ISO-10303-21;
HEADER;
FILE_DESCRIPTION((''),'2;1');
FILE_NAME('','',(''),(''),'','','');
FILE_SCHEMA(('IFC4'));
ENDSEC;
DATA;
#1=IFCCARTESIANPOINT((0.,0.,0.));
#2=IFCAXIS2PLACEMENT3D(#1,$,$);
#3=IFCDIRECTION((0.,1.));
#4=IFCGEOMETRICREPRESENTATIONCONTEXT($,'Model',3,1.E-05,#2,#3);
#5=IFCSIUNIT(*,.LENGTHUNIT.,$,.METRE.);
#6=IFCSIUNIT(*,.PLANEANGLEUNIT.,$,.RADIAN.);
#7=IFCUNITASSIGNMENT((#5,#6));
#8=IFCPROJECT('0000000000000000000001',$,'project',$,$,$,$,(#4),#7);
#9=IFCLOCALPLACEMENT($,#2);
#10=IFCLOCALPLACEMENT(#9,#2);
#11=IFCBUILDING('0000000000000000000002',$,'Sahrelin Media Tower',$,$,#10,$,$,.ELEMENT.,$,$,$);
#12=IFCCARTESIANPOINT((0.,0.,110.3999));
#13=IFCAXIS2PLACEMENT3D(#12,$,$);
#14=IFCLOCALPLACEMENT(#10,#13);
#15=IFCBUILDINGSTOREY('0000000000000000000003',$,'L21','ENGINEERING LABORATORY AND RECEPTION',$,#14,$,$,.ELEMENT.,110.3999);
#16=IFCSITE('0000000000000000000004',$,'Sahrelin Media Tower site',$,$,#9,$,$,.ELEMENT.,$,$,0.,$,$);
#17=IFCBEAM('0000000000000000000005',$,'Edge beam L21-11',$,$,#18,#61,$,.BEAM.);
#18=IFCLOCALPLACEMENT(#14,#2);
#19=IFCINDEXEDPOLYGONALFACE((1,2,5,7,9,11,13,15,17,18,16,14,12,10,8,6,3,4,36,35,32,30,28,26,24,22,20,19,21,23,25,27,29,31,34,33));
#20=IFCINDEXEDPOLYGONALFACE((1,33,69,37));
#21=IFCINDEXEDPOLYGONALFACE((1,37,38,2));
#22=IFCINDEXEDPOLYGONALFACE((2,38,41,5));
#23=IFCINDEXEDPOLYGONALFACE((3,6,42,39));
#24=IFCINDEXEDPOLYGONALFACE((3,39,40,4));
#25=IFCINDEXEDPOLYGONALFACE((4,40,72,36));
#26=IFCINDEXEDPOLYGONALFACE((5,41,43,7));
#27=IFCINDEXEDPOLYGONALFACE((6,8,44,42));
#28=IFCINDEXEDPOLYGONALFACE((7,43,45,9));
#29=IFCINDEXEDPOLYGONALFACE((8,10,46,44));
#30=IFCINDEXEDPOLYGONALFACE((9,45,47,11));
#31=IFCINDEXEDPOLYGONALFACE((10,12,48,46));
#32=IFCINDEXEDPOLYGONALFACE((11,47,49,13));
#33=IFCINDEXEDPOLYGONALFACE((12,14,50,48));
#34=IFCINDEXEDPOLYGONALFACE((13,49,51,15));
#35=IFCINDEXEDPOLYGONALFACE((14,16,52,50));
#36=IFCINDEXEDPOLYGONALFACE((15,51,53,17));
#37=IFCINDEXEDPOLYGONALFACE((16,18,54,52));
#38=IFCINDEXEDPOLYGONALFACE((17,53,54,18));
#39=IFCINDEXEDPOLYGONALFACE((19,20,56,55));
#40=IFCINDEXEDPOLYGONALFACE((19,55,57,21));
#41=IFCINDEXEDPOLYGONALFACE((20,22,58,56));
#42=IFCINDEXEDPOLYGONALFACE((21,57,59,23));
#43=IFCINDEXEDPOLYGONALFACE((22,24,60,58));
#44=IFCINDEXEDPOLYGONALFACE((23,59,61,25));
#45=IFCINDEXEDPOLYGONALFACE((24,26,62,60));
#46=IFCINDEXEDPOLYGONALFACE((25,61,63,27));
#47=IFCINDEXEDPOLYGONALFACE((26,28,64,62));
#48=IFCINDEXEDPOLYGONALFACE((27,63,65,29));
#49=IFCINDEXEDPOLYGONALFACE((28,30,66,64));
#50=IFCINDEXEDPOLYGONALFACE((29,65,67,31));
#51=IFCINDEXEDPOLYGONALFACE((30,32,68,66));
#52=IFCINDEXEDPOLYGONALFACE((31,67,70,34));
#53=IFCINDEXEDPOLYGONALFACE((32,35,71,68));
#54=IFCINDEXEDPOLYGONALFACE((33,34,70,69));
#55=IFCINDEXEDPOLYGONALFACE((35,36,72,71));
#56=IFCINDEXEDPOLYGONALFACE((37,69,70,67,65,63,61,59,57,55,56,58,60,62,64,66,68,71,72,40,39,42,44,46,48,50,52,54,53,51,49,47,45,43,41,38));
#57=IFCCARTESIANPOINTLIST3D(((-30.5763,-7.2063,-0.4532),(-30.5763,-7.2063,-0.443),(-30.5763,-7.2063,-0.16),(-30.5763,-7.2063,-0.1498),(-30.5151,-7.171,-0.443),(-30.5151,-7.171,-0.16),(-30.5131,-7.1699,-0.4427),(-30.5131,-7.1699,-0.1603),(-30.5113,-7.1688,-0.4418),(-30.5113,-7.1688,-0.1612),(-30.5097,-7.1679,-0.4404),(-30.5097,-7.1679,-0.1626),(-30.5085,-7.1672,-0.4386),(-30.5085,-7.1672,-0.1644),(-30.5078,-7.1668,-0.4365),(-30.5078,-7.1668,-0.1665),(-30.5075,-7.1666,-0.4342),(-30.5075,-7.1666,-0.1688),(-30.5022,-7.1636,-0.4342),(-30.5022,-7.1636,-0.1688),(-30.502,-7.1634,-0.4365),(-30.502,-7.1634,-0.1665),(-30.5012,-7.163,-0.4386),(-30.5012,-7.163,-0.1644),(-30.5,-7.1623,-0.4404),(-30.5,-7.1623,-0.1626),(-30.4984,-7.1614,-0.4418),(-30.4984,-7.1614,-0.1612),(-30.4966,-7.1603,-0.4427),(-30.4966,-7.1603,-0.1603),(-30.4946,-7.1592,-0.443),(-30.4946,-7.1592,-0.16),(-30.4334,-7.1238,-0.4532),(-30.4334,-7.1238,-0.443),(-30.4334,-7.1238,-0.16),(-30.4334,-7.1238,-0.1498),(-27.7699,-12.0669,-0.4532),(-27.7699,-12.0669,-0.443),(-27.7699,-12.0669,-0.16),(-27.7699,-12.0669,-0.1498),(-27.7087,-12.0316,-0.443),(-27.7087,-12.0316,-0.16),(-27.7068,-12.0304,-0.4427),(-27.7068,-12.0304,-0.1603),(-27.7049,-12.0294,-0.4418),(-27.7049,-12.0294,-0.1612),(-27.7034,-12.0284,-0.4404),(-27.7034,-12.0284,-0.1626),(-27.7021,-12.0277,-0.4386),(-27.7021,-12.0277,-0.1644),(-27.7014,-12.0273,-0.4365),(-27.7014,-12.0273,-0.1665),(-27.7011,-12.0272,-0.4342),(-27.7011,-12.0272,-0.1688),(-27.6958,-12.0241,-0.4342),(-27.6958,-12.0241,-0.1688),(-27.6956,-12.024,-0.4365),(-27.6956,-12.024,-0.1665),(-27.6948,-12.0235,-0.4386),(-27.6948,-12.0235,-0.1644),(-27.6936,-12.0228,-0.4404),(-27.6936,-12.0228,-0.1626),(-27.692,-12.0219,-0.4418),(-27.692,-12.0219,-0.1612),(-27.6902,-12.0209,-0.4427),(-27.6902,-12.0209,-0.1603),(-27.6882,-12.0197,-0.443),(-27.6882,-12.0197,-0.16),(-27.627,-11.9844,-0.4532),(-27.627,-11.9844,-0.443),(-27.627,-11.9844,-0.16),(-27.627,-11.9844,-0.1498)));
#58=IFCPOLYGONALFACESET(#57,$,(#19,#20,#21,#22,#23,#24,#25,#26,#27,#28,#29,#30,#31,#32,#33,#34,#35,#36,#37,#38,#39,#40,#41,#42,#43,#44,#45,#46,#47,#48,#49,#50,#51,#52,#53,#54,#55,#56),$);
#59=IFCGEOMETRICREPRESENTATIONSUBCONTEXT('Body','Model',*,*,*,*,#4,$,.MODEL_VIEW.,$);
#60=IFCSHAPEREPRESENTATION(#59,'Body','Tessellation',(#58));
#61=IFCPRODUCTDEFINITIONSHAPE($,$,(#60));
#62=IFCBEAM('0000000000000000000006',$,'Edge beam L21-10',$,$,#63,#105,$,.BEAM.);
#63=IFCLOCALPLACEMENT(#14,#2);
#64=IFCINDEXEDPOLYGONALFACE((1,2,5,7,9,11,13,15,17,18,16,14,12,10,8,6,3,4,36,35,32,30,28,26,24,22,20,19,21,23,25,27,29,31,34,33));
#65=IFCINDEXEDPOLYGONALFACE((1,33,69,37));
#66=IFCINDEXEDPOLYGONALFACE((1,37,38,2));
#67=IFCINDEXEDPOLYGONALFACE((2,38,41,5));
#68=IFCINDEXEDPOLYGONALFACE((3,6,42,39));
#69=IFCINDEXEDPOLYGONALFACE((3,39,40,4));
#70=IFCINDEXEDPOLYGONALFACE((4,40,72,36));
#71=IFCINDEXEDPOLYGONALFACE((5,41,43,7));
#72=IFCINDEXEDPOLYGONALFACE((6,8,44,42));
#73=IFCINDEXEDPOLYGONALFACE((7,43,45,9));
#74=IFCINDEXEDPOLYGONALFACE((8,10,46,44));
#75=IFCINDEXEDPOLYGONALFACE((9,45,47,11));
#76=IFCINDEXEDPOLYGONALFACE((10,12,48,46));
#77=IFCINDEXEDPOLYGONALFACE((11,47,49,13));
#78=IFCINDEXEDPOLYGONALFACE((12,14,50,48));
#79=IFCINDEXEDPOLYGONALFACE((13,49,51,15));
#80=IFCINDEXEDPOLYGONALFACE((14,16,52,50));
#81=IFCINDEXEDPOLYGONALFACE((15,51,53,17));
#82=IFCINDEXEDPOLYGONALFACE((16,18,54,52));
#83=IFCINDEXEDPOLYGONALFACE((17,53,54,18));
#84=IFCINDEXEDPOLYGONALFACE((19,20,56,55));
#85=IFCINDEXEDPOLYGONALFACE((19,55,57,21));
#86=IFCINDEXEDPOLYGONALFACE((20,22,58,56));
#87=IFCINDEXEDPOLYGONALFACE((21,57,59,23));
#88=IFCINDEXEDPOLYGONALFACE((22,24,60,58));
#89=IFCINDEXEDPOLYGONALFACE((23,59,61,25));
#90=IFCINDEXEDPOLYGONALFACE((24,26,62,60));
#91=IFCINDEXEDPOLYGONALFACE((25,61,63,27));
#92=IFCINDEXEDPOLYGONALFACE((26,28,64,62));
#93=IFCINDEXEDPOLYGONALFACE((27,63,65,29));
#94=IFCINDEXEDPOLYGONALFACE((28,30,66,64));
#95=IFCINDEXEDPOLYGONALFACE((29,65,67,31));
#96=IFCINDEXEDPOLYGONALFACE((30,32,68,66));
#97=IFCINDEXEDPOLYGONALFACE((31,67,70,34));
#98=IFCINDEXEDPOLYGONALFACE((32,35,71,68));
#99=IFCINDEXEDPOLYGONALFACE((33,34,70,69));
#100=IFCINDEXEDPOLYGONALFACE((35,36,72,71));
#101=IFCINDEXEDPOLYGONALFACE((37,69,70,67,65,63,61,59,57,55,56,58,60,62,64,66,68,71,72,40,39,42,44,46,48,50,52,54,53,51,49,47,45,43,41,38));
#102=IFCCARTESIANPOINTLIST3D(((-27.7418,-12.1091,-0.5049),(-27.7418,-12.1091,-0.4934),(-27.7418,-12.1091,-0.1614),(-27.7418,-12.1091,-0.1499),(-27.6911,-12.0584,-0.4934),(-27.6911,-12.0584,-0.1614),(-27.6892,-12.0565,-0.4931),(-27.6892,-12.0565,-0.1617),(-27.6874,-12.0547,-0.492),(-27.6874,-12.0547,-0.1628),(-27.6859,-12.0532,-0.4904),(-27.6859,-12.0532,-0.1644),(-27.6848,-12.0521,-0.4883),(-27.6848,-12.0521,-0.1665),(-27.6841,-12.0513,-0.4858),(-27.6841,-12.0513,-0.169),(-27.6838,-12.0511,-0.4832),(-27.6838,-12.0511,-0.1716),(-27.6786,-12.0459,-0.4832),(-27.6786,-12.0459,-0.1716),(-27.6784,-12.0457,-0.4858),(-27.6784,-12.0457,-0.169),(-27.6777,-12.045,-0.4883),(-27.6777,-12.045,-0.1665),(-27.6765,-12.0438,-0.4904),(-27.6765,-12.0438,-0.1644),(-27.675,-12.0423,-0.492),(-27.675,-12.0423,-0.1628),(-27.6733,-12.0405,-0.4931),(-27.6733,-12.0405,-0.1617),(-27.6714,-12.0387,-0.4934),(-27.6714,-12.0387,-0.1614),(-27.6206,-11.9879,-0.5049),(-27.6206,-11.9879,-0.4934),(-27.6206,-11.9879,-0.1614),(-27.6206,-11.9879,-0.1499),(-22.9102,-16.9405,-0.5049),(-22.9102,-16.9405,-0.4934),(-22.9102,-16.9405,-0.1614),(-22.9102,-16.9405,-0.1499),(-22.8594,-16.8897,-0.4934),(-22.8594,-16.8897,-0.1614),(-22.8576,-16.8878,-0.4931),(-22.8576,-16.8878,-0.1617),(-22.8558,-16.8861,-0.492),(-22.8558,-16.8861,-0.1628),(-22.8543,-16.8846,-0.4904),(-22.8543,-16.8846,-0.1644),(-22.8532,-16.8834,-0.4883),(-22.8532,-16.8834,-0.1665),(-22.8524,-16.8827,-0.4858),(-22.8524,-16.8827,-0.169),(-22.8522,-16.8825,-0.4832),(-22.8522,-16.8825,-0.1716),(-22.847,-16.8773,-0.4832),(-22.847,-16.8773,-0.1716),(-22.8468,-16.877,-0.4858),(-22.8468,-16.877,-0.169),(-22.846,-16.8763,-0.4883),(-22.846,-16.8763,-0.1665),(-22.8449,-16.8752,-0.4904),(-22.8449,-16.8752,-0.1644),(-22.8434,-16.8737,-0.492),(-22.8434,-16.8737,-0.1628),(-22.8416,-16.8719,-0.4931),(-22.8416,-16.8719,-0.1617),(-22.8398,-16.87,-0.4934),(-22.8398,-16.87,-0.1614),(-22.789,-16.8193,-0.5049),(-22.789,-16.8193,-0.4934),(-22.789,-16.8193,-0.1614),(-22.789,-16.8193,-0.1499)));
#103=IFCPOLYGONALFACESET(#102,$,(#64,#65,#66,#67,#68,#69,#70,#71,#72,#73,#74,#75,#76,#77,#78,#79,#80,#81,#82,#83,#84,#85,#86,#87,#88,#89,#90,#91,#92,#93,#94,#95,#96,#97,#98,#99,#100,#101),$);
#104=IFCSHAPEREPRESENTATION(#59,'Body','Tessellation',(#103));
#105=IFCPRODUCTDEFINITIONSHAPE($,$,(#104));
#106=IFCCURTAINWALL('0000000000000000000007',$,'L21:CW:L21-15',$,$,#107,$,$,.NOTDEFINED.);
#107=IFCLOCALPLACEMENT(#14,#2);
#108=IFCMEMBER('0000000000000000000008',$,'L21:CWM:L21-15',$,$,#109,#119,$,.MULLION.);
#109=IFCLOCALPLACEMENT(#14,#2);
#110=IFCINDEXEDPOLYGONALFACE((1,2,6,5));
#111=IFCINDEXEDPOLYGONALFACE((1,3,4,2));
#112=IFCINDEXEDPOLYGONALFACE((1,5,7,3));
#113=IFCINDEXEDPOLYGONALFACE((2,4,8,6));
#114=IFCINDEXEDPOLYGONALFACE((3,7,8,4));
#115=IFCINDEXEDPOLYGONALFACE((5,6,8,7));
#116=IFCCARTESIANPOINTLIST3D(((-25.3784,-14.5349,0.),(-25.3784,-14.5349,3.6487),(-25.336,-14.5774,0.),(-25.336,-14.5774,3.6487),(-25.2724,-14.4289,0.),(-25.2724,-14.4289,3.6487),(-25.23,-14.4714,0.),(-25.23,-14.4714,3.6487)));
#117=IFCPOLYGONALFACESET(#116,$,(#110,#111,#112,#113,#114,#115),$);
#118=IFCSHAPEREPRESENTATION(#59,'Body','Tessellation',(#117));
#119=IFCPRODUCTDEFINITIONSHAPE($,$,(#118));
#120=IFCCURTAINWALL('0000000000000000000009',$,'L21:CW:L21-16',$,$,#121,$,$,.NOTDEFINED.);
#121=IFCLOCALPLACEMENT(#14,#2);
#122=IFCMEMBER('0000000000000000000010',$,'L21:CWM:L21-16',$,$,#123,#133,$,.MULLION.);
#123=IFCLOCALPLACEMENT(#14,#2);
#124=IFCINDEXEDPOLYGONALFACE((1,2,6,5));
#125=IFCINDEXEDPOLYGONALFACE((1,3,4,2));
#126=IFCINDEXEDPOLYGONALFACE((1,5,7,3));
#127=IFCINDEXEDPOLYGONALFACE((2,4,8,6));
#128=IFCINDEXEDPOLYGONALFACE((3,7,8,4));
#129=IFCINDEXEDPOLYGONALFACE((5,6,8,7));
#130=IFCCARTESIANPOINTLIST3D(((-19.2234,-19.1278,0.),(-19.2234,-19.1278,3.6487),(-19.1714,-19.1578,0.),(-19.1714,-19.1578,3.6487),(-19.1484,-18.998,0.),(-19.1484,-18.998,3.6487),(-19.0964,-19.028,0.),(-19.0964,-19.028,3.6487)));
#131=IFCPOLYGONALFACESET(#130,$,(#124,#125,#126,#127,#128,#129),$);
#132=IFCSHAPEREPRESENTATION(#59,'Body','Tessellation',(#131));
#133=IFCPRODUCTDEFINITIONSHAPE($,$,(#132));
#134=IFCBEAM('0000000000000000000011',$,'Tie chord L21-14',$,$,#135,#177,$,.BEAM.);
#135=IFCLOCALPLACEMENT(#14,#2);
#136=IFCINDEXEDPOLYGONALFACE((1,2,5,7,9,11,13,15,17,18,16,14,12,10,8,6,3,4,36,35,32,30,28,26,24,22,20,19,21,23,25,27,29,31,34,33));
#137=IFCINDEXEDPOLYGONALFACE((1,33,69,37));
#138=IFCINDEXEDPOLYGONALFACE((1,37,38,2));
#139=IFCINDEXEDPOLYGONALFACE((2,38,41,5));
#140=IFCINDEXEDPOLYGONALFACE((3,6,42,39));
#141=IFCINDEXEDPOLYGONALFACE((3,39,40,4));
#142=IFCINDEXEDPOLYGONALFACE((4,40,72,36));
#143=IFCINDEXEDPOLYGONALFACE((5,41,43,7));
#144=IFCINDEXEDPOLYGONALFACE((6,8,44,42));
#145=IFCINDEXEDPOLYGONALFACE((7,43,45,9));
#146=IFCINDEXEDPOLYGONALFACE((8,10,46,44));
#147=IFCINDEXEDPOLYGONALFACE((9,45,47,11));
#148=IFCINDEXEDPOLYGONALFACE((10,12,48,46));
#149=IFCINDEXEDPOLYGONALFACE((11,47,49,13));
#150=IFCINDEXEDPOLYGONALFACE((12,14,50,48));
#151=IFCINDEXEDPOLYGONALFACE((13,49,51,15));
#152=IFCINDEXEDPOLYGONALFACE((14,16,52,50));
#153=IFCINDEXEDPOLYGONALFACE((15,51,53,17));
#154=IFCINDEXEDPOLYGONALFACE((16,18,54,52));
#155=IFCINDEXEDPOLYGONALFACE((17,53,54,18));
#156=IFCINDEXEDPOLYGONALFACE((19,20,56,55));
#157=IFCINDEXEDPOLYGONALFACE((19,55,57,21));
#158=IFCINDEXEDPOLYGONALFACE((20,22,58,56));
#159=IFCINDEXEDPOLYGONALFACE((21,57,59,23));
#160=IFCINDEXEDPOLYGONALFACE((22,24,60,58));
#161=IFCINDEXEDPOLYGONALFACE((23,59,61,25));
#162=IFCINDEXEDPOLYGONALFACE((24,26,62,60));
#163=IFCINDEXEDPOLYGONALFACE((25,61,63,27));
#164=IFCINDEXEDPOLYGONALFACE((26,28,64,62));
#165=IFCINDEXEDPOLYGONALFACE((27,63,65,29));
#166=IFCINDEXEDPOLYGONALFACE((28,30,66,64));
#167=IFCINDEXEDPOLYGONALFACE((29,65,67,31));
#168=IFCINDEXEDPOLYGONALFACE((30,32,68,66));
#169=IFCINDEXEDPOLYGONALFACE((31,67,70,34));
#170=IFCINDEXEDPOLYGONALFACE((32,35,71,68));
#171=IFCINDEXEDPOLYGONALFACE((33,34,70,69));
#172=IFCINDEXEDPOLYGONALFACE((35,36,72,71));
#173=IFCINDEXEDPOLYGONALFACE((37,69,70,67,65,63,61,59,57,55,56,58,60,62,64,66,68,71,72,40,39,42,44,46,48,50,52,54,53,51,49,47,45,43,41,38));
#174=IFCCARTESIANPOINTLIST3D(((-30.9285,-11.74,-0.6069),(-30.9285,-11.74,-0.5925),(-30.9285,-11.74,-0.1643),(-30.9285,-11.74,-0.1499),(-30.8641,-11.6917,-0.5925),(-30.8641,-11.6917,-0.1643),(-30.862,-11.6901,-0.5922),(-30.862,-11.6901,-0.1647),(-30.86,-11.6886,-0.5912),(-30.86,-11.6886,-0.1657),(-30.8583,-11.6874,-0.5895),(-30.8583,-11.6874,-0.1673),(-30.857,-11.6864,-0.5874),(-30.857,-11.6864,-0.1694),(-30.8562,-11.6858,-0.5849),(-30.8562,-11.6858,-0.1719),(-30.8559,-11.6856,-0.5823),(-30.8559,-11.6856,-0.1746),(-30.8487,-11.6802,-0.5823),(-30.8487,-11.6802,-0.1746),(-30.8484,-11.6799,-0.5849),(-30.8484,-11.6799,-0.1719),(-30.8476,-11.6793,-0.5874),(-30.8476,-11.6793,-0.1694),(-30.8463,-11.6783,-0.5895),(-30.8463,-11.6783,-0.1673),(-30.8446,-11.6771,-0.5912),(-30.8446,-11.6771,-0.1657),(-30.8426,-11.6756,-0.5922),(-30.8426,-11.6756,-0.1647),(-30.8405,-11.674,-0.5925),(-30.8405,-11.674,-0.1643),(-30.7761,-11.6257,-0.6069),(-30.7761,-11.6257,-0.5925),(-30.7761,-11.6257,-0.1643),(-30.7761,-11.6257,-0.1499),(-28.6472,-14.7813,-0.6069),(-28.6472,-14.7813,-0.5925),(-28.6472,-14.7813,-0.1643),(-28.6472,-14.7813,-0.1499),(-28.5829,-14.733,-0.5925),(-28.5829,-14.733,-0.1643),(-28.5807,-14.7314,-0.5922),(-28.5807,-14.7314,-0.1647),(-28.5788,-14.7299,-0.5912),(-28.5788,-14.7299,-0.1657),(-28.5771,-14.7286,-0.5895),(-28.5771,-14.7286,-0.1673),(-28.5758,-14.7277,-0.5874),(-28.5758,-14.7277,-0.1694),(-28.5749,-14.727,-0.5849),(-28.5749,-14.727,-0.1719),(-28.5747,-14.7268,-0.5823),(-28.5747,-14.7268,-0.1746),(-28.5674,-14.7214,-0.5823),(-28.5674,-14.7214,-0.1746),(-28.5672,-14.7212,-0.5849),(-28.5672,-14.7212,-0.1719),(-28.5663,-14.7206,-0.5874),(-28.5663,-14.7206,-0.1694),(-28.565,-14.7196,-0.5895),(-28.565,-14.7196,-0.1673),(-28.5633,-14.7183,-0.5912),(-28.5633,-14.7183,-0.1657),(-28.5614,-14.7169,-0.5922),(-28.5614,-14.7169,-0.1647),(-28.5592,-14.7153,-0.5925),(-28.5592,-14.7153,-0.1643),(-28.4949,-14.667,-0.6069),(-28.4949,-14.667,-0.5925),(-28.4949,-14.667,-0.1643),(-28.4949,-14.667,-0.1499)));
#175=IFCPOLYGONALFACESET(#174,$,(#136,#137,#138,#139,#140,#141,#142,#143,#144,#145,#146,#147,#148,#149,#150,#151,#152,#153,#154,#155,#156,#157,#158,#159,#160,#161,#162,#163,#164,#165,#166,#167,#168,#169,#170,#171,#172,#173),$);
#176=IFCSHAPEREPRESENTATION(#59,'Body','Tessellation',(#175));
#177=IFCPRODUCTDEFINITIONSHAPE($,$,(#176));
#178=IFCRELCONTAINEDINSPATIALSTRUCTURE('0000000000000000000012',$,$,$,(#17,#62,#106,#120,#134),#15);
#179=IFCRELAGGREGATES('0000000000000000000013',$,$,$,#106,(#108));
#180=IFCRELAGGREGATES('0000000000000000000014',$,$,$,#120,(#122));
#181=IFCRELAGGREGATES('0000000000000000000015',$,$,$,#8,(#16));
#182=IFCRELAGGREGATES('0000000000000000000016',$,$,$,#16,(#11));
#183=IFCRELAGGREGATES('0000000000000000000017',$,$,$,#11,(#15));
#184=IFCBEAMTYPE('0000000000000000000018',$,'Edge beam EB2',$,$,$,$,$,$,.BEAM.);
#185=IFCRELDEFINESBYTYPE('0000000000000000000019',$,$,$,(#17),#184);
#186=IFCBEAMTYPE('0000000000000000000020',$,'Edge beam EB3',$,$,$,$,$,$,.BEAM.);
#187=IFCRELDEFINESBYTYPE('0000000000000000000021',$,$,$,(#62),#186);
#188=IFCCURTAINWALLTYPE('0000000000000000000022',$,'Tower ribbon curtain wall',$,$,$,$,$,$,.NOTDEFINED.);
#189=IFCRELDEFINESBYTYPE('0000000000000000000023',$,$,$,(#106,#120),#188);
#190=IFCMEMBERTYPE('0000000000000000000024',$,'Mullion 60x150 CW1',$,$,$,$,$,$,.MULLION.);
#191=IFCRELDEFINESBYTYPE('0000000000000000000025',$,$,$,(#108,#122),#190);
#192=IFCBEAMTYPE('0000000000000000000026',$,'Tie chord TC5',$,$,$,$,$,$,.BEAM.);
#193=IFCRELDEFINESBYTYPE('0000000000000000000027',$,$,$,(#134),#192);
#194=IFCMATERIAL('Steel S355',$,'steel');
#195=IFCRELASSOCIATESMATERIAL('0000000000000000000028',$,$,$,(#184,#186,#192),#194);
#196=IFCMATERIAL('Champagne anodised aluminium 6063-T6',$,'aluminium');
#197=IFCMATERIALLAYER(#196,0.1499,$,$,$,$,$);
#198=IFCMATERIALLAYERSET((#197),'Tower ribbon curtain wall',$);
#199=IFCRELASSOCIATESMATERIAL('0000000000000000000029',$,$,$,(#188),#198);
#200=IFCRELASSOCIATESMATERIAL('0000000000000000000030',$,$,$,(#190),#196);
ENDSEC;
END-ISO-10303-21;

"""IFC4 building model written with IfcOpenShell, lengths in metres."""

from ifc_helpers import new_model, si_unit, direction, frame, origin, origin_2d, place, context, subcontext, project, spatial, rectangle, i_section, extrude, material, layer, layer_set, material_profile, profile_set, type_object, element, aggregate, save


model = new_model("IFC4")

# Units and contexts
model_context = context("Model", 3, precision=1e-05, world=origin(), true_north=direction((0.0, 1.0)))
body_context = subcontext(model_context, "Body", "Model", "MODEL_VIEW")
ifc_project = project(units=[si_unit("LENGTHUNIT", "METRE"), si_unit("PLANEANGLEUNIT", "RADIAN")], contexts=[model_context])

# Site, building, storey
site_placement = place(None, origin())
site = spatial("IfcSite", under=ifc_project, at=site_placement, Name="Sahrelin Media Tower site", CompositionType="ELEMENT", RefElevation=0.0)
building_placement = place(site_placement, origin())
building = spatial("IfcBuilding", under=site, at=building_placement, Name="Sahrelin Media Tower", CompositionType="ELEMENT")
storey_placement = place(building_placement, frame((0.0, 0.0, 110.3999)))
storey = spatial("IfcBuildingStorey", under=building, at=storey_placement, Name="L21", Description="ENGINEERING LABORATORY AND RECEPTION", CompositionType="ELEMENT", Elevation=110.3999)

# Beams
ifc_material_1 = material(Name="Steel S355", Category="steel")
ifc_material_profile_1 = material_profile(ifc_material_1, i_section(OverallWidth=0.165, OverallDepth=0.3035, WebThickness=0.0061, FlangeThickness=0.0103, FilletRadius=0.0088, at=origin_2d()), Name="UB 305x165x40")
ifc_profile_set_1 = profile_set([ifc_material_profile_1], Name="Steel S355")
beam_type_1 = type_object("IfcBeamType", Name="Edge beam EB2", PredefinedType="BEAM", material=ifc_profile_set_1)
beam_1_placement = place(storey_placement, frame((-27.6985, -12.0256, -0.3015), z_axis=(-0.500017, 0.866015, 0.0), x_axis=(-0.866015, -0.500017, 0.0)))
element("IfcBeam", 1, at=beam_1_placement, inside=storey, type_object=beam_type_1, Name="Edge beam L21-11", PredefinedType="BEAM", context=body_context, shape_type="SweptSolid", body=[
    extrude(i_section(OverallWidth=0.165, OverallDepth=0.3035, WebThickness=0.0061, FlangeThickness=0.0103, FilletRadius=0.0088, at=origin_2d()), origin(), (0.0, 0.0, 1.0), 5.6125),
])
ifc_material_profile_2 = material_profile(ifc_material_1, i_section(OverallWidth=0.1714, OverallDepth=0.355, WebThickness=0.0073, FlangeThickness=0.0115, FilletRadius=0.0103, at=origin_2d()), Name="UB 356x171x51")
ifc_profile_set_2 = profile_set([ifc_material_profile_2], Name="Steel S355")
beam_type_2 = type_object("IfcBeamType", Name="Edge beam EB3", PredefinedType="BEAM", material=ifc_profile_set_2)
beam_2_placement = place(storey_placement, frame((-22.8496, -16.8799, -0.3274), z_axis=(-0.707125, 0.707089, 0.0), x_axis=(-0.707089, -0.707125, 0.0)))
element("IfcBeam", 2, at=beam_2_placement, inside=storey, type_object=beam_type_2, Name="Edge beam L21-10", PredefinedType="BEAM", context=body_context, shape_type="SweptSolid", body=[
    extrude(i_section(OverallWidth=0.1714, OverallDepth=0.355, WebThickness=0.0073, FlangeThickness=0.0115, FilletRadius=0.0103, at=origin_2d()), origin(), (0.0, 0.0, 1.0), 6.8328),
])

# Curtain walls, members
ifc_material_2 = material(Name="Champagne anodised aluminium 6063-T6", Category="aluminium")
ifc_layer_1 = layer(ifc_material_2, 0.1499)
ifc_layer_set_1 = layer_set([ifc_layer_1], Name="Tower ribbon curtain wall")
curtain_wall_type = type_object("IfcCurtainWallType", Name="Tower ribbon curtain wall", PredefinedType="NOTDEFINED", material=ifc_layer_set_1)
curtain_wall_1_placement = place(storey_placement, frame((-25.3713, -14.5703, 0.0), z_axis=(0.0, 0.0, 1.0), x_axis=(1.0, 0.0, 0.0)))
curtain_wall_1 = element("IfcCurtainWall", 3, at=curtain_wall_1_placement, inside=storey, type_object=curtain_wall_type, Name="L21:CW:L21-15", PredefinedType="NOTDEFINED")
ifc_material_profile_3 = material_profile(ifc_material_2, rectangle(XDim=0.0601, YDim=0.1499, at=origin_2d()), Name="Mullion 60x150")
ifc_profile_set_3 = profile_set([ifc_material_profile_3], Name="Champagne anodised aluminium 6063-T6")
member_type_1 = type_object("IfcMemberType", Name="Mullion 60x150 CW1", PredefinedType="MULLION", material=ifc_profile_set_3)
member_1_placement = place(storey_placement, frame((-25.3042, -14.5032, 0.0), z_axis=(0.0, 0.0, 1.0), x_axis=(0.707107, -0.707107, 0.0)))
member_1 = element("IfcMember", 4, at=member_1_placement, type_object=member_type_1, Name="L21:CWM:L21-15", PredefinedType="MULLION", context=body_context, shape_type="SweptSolid", body=[
    extrude(rectangle(XDim=0.0601, YDim=0.1499, at=origin_2d()), origin(), (0.0, 0.0, 1.0), 3.6487),
])
curtain_wall_2_placement = place(storey_placement, frame((-19.2075, -19.1604, 0.0), z_axis=(0.0, 0.0, 1.0), x_axis=(1.0, 0.0, 0.0)))
curtain_wall_2 = element("IfcCurtainWall", 5, at=curtain_wall_2_placement, inside=storey, type_object=curtain_wall_type, Name="L21:CW:L21-16", PredefinedType="NOTDEFINED")
member_2_placement = place(storey_placement, frame((-19.1599, -19.0779, 0.0), z_axis=(0.0, 0.0, 1.0), x_axis=(0.866025, -0.500002, 0.0)))
member_2 = element("IfcMember", 6, at=member_2_placement, type_object=member_type_1, Name="L21:CWM:L21-16", PredefinedType="MULLION", context=body_context, shape_type="SweptSolid", body=[
    extrude(rectangle(XDim=0.0601, YDim=0.1499, at=origin_2d()), origin(), (0.0, 0.0, 1.0), 3.6487),
])

# Beam
ifc_material_profile_4 = material_profile(ifc_material_1, i_section(OverallWidth=0.1904, OverallDepth=0.457, WebThickness=0.009, FlangeThickness=0.0144, FilletRadius=0.0103, at=origin_2d()), Name="UB 457x191x74")
ifc_profile_set_4 = profile_set([ifc_material_profile_4], Name="Steel S355")
beam_type_3 = type_object("IfcBeamType", Name="Tie chord TC5", PredefinedType="BEAM", material=ifc_profile_set_4)
beam_3_placement = place(storey_placement, frame((-30.8523, -11.6829, -0.3784), z_axis=(0.600051, -0.799961, 0.0), x_axis=(0.799961, 0.600051, 0.0)))
element("IfcBeam", 7, at=beam_3_placement, inside=storey, type_object=beam_type_3, Name="Tie chord L21-14", PredefinedType="BEAM", context=body_context, shape_type="SweptSolid", body=[
    extrude(i_section(OverallWidth=0.1904, OverallDepth=0.457, WebThickness=0.009, FlangeThickness=0.0144, FilletRadius=0.0103, at=origin_2d()), origin(), (0.0, 0.0, 1.0), 3.8018),
])

aggregate(curtain_wall_1, [member_1])
aggregate(curtain_wall_2, [member_2])

save(model, "model.ifc")
